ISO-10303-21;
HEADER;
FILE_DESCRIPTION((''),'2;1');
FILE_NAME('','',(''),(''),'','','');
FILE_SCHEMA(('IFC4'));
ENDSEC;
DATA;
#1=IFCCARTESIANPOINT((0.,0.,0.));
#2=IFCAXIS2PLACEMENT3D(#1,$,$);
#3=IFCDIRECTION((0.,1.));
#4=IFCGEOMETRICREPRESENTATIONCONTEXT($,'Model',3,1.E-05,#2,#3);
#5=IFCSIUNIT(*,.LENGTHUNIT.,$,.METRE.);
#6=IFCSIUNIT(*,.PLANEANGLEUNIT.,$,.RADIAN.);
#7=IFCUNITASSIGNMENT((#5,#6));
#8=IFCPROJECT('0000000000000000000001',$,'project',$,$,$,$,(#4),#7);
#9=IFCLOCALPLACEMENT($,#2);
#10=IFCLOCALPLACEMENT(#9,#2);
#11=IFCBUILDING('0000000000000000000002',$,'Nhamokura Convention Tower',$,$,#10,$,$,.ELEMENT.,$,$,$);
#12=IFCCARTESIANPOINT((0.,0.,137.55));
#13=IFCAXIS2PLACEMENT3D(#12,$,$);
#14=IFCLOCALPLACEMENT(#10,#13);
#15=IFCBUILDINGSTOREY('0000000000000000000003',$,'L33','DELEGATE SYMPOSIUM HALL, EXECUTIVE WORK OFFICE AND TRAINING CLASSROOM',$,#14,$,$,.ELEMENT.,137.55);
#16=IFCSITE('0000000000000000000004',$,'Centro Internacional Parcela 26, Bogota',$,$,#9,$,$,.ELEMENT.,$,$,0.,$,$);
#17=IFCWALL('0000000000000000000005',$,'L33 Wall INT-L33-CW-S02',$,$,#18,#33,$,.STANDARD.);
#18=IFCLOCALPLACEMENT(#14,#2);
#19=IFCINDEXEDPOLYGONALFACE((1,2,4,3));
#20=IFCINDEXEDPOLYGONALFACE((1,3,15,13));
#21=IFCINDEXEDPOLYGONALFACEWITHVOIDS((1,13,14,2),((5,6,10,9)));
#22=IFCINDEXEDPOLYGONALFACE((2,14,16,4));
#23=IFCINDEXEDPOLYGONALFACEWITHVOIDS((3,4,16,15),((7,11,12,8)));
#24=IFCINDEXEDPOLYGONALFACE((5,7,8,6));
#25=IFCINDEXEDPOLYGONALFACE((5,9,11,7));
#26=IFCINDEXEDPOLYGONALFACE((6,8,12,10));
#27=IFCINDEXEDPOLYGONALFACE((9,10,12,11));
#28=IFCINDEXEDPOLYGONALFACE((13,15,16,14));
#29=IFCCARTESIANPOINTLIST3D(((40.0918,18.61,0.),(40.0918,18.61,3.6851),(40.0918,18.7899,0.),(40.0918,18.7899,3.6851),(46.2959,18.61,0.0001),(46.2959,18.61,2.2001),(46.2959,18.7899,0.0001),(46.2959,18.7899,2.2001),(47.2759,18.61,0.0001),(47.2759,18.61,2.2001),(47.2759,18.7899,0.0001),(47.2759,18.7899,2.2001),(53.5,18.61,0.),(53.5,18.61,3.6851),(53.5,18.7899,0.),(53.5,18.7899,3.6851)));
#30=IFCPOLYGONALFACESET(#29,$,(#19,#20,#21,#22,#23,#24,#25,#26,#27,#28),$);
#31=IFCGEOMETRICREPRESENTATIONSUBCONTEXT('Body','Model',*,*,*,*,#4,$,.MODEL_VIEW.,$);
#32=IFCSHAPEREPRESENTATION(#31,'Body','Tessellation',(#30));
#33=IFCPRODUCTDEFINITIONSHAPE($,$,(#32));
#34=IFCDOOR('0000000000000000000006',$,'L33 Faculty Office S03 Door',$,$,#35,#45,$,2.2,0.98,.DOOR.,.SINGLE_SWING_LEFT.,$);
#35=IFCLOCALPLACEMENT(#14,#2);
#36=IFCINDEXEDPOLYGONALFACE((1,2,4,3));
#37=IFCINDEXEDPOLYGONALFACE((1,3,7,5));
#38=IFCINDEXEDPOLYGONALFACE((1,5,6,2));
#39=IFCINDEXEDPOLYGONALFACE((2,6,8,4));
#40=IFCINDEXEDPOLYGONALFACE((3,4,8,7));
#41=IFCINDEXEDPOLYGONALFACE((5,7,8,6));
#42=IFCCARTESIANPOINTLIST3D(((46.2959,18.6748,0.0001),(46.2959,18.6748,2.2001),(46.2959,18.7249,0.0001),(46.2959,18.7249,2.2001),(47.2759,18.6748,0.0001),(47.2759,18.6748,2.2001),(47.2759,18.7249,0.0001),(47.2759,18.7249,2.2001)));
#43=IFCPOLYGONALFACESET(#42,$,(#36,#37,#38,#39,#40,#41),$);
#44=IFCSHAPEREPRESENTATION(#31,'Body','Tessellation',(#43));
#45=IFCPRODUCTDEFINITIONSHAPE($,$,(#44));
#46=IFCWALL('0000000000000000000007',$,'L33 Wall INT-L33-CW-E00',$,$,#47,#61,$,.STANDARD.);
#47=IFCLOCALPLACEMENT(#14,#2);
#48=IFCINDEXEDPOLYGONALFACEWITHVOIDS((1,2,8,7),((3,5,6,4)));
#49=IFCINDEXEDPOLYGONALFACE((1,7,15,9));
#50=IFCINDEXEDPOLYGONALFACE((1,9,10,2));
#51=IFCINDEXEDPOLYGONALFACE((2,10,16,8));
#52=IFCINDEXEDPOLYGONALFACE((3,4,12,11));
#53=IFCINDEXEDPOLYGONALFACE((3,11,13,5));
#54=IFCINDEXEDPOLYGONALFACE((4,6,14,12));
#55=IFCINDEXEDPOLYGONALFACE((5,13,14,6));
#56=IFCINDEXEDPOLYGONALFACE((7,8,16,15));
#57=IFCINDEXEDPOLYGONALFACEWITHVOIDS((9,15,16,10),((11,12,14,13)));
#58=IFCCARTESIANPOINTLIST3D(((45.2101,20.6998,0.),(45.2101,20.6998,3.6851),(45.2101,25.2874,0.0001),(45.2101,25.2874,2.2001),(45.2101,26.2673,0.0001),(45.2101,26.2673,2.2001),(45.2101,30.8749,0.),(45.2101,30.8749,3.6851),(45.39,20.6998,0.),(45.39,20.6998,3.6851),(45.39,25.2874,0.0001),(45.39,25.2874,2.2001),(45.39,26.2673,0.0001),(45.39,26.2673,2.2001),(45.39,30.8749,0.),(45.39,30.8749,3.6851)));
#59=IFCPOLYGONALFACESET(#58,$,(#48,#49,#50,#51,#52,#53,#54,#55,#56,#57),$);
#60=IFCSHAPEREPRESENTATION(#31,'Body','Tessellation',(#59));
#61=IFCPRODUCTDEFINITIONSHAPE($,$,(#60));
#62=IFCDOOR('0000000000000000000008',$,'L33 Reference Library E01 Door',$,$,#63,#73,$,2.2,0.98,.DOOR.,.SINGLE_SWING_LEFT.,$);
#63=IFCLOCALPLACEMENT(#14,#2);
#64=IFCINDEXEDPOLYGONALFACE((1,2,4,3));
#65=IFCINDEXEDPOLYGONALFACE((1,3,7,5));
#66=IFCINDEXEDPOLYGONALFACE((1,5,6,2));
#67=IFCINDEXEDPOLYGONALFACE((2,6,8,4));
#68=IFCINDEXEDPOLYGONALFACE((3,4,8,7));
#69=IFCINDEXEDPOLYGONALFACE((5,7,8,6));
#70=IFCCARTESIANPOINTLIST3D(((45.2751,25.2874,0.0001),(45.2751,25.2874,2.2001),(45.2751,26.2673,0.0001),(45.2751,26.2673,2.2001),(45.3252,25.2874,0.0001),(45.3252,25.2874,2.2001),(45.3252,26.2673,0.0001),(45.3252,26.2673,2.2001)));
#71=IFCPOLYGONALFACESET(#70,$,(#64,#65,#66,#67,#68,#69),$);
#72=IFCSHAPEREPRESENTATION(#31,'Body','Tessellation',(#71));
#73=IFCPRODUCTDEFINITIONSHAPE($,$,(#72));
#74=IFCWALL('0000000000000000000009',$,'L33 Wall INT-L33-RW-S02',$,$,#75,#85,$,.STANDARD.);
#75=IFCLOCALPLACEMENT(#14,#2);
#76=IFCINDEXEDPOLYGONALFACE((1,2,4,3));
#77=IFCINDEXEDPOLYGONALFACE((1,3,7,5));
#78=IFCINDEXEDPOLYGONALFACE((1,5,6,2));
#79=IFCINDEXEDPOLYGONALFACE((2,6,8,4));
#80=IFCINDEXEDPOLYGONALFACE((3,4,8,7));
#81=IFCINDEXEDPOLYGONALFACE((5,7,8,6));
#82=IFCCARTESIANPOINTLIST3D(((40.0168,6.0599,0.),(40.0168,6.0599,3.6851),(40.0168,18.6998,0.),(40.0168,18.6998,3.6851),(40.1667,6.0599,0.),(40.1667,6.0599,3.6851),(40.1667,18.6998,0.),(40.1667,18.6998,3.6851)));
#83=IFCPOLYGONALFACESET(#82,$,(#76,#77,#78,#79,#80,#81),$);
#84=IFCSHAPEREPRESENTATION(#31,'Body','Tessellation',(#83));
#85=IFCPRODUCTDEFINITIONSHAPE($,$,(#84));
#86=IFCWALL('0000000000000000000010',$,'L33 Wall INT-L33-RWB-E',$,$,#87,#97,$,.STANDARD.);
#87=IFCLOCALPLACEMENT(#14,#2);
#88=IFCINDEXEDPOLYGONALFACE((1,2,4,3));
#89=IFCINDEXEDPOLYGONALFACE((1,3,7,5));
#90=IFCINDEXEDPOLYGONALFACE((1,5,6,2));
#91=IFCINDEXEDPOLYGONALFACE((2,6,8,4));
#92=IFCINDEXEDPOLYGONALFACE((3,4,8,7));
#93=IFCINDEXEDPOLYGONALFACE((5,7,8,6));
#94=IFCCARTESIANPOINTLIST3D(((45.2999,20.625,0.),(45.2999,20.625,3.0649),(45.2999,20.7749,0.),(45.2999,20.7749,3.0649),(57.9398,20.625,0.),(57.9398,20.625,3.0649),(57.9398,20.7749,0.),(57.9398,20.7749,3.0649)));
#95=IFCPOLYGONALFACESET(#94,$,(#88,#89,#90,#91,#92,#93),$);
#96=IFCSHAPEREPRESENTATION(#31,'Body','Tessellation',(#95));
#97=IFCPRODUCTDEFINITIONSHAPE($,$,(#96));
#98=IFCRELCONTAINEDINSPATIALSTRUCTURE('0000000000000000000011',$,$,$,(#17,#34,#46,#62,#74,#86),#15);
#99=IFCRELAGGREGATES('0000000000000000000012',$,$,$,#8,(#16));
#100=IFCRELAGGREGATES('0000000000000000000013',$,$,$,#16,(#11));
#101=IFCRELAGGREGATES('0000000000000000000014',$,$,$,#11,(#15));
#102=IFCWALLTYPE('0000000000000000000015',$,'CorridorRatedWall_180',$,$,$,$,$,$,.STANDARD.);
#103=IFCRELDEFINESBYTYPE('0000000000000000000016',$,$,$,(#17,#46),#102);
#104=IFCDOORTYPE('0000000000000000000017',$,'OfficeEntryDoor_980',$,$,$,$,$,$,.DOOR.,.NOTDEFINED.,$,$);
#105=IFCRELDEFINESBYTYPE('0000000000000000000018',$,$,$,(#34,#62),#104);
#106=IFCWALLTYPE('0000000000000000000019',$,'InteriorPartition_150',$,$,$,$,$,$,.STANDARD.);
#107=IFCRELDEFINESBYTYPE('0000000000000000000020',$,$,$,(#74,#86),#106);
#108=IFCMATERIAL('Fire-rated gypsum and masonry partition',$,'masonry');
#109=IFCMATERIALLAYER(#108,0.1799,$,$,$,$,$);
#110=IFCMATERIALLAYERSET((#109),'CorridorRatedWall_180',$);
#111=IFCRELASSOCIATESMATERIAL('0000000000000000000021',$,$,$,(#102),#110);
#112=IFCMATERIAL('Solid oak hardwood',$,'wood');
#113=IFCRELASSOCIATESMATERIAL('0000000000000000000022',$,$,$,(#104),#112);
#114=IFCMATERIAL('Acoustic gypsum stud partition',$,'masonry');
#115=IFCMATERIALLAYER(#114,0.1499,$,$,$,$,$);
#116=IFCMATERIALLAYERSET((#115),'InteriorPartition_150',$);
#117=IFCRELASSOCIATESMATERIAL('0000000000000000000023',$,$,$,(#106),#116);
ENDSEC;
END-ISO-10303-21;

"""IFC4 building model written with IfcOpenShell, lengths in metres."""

from ifc_helpers import new_model, si_unit, direction, frame, frame_2d, origin, place, context, subcontext, project, spatial, rectangle, extrude, material, layer, layer_set, type_object, element, fill, save


model = new_model("IFC4")

# Units and contexts
model_context = context("Model", 3, precision=1e-05, world=origin(), true_north=direction((0.0, 1.0)))
body_context = subcontext(model_context, "Body", "Model", "MODEL_VIEW")
ifc_project = project(units=[si_unit("LENGTHUNIT", "METRE"), si_unit("PLANEANGLEUNIT", "RADIAN")], contexts=[model_context])

# Site, building, storey
site_placement = place(None, origin())
site = spatial("IfcSite", under=ifc_project, at=site_placement, Name="Centro Internacional Parcela 26, Bogota", CompositionType="ELEMENT", RefElevation=0.0)
building_placement = place(site_placement, origin())
building = spatial("IfcBuilding", under=site, at=building_placement, Name="Nhamokura Convention Tower", CompositionType="ELEMENT")
storey_placement = place(building_placement, frame((0.0, 0.0, 137.55)))
storey = spatial("IfcBuildingStorey", under=building, at=storey_placement, Name="L33", Description="DELEGATE SYMPOSIUM HALL, EXECUTIVE WORK OFFICE AND TRAINING CLASSROOM", CompositionType="ELEMENT", Elevation=137.55)

# Walls, openings, doors
ifc_material_1 = material(Name="Fire-rated gypsum and masonry partition", Category="masonry")
ifc_layer_1 = layer(ifc_material_1, 0.1799)
ifc_layer_set_1 = layer_set([ifc_layer_1], Name="CorridorRatedWall_180")
wall_type_1 = type_object("IfcWallType", Name="CorridorRatedWall_180", PredefinedType="STANDARD", material=ifc_layer_set_1)
wall_1_placement = place(storey_placement, frame((40.0918, 18.7, 0.0), z_axis=(0.0, 0.0, 1.0), x_axis=(1.0, 0.0, 0.0)))
wall_1 = element("IfcWall", 1, at=wall_1_placement, inside=storey, type_object=wall_type_1, Name="L33 Wall INT-L33-CW-S02", PredefinedType="STANDARD", context=body_context, shape_type="SweptSolid", body=[
    extrude(rectangle(XDim=13.4082, YDim=0.1799, at=frame_2d((6.7041, 0.0))), origin(), (0.0, 0.0, 1.0), 3.6851),
])
opening_1_placement = place(wall_1_placement, frame((6.2041, 0.0, 0.0)))
opening_1 = element("IfcOpeningElement", 2, at=opening_1_placement, cuts=wall_1, PredefinedType="OPENING", context=body_context, shape_type="SweptSolid", body=[
    extrude(rectangle(XDim=0.98, YDim=2.2, at=frame_2d((0.49, 1.1001))), frame((0.0, 0.0999, 0.0), z_axis=(0.0, -1.0, 0.0), x_axis=(1.0, 0.0, 0.0)), (0.0, 0.0, 1.0), 0.2),
])
ifc_material_2 = material(Name="Solid oak hardwood", Category="wood")
door_type_1 = type_object("IfcDoorType", Name="OfficeEntryDoor_980", OperationType="NOTDEFINED", PredefinedType="DOOR", material=ifc_material_2)
door_1_placement = place(opening_1_placement, origin())
door_1 = element("IfcDoor", 3, at=door_1_placement, inside=storey, type_object=door_type_1, Name="L33 Faculty Office S03 Door", OperationType="SINGLE_SWING_LEFT", OverallHeight=2.2, OverallWidth=0.98, PredefinedType="DOOR", context=body_context, shape_type="SweptSolid", body=[
    extrude(rectangle(XDim=0.98, YDim=2.2, at=frame_2d((0.49, 1.1001))), frame((0.0, 0.0249, 0.0), z_axis=(0.0, -1.0, 0.0), x_axis=(1.0, 0.0, 0.0)), (0.0, 0.0, 1.0), 0.05),
])
fill(opening_1, door_1)
wall_2_placement = place(storey_placement, frame((45.3, 20.7, 0.0), z_axis=(0.0, 0.0, 1.0), x_axis=(0.0, 1.0, 0.0)))
wall_2 = element("IfcWall", 4, at=wall_2_placement, inside=storey, type_object=wall_type_1, Name="L33 Wall INT-L33-CW-E00", PredefinedType="STANDARD", context=body_context, shape_type="SweptSolid", body=[
    extrude(rectangle(XDim=10.175, YDim=0.1799, at=frame_2d((5.0874, 0.0))), origin(), (0.0, 0.0, 1.0), 3.6851),
])
opening_2_placement = place(wall_2_placement, frame((4.5874, 0.0, 0.0)))
opening_2 = element("IfcOpeningElement", 5, at=opening_2_placement, cuts=wall_2, PredefinedType="OPENING", context=body_context, shape_type="SweptSolid", body=[
    extrude(rectangle(XDim=0.98, YDim=2.2, at=frame_2d((0.49, 1.1001))), frame((0.0, 0.0999, 0.0), z_axis=(0.0, -1.0, 0.0), x_axis=(1.0, 0.0, 0.0)), (0.0, 0.0, 1.0), 0.2),
])
door_2_placement = place(opening_2_placement, origin())
door_2 = element("IfcDoor", 6, at=door_2_placement, inside=storey, type_object=door_type_1, Name="L33 Reference Library E01 Door", OperationType="SINGLE_SWING_LEFT", OverallHeight=2.2, OverallWidth=0.98, PredefinedType="DOOR", context=body_context, shape_type="SweptSolid", body=[
    extrude(rectangle(XDim=0.98, YDim=2.2, at=frame_2d((0.49, 1.1001))), frame((0.0, 0.0249, 0.0), z_axis=(0.0, -1.0, 0.0), x_axis=(1.0, 0.0, 0.0)), (0.0, 0.0, 1.0), 0.05),
])
fill(opening_2, door_2)

# Walls
ifc_material_3 = material(Name="Acoustic gypsum stud partition", Category="masonry")
ifc_layer_2 = layer(ifc_material_3, 0.1499)
ifc_layer_set_2 = layer_set([ifc_layer_2], Name="InteriorPartition_150")
wall_type_2 = type_object("IfcWallType", Name="InteriorPartition_150", PredefinedType="STANDARD", material=ifc_layer_set_2)
wall_3_placement = place(storey_placement, frame((40.0918, 6.0601, 0.0), z_axis=(0.0, 0.0, 1.0), x_axis=(0.0, 1.0, 0.0)))
element("IfcWall", 7, at=wall_3_placement, inside=storey, type_object=wall_type_2, Name="L33 Wall INT-L33-RW-S02", PredefinedType="STANDARD", context=body_context, shape_type="SweptSolid", body=[
    extrude(rectangle(XDim=12.6399, YDim=0.1499, at=frame_2d((6.3198, 0.0))), origin(), (0.0, 0.0, 1.0), 3.6851),
])
wall_4_placement = place(storey_placement, frame((45.3, 20.7, 0.0), z_axis=(0.0, 0.0, 1.0), x_axis=(1.0, 0.0, 0.0)))
element("IfcWall", 8, at=wall_4_placement, inside=storey, type_object=wall_type_2, Name="L33 Wall INT-L33-RWB-E", PredefinedType="STANDARD", context=body_context, shape_type="SweptSolid", body=[
    extrude(rectangle(XDim=12.6399, YDim=0.1499, at=frame_2d((6.3198, 0.0))), origin(), (0.0, 0.0, 1.0), 3.0649),
])

save(model, "model.ifc")
